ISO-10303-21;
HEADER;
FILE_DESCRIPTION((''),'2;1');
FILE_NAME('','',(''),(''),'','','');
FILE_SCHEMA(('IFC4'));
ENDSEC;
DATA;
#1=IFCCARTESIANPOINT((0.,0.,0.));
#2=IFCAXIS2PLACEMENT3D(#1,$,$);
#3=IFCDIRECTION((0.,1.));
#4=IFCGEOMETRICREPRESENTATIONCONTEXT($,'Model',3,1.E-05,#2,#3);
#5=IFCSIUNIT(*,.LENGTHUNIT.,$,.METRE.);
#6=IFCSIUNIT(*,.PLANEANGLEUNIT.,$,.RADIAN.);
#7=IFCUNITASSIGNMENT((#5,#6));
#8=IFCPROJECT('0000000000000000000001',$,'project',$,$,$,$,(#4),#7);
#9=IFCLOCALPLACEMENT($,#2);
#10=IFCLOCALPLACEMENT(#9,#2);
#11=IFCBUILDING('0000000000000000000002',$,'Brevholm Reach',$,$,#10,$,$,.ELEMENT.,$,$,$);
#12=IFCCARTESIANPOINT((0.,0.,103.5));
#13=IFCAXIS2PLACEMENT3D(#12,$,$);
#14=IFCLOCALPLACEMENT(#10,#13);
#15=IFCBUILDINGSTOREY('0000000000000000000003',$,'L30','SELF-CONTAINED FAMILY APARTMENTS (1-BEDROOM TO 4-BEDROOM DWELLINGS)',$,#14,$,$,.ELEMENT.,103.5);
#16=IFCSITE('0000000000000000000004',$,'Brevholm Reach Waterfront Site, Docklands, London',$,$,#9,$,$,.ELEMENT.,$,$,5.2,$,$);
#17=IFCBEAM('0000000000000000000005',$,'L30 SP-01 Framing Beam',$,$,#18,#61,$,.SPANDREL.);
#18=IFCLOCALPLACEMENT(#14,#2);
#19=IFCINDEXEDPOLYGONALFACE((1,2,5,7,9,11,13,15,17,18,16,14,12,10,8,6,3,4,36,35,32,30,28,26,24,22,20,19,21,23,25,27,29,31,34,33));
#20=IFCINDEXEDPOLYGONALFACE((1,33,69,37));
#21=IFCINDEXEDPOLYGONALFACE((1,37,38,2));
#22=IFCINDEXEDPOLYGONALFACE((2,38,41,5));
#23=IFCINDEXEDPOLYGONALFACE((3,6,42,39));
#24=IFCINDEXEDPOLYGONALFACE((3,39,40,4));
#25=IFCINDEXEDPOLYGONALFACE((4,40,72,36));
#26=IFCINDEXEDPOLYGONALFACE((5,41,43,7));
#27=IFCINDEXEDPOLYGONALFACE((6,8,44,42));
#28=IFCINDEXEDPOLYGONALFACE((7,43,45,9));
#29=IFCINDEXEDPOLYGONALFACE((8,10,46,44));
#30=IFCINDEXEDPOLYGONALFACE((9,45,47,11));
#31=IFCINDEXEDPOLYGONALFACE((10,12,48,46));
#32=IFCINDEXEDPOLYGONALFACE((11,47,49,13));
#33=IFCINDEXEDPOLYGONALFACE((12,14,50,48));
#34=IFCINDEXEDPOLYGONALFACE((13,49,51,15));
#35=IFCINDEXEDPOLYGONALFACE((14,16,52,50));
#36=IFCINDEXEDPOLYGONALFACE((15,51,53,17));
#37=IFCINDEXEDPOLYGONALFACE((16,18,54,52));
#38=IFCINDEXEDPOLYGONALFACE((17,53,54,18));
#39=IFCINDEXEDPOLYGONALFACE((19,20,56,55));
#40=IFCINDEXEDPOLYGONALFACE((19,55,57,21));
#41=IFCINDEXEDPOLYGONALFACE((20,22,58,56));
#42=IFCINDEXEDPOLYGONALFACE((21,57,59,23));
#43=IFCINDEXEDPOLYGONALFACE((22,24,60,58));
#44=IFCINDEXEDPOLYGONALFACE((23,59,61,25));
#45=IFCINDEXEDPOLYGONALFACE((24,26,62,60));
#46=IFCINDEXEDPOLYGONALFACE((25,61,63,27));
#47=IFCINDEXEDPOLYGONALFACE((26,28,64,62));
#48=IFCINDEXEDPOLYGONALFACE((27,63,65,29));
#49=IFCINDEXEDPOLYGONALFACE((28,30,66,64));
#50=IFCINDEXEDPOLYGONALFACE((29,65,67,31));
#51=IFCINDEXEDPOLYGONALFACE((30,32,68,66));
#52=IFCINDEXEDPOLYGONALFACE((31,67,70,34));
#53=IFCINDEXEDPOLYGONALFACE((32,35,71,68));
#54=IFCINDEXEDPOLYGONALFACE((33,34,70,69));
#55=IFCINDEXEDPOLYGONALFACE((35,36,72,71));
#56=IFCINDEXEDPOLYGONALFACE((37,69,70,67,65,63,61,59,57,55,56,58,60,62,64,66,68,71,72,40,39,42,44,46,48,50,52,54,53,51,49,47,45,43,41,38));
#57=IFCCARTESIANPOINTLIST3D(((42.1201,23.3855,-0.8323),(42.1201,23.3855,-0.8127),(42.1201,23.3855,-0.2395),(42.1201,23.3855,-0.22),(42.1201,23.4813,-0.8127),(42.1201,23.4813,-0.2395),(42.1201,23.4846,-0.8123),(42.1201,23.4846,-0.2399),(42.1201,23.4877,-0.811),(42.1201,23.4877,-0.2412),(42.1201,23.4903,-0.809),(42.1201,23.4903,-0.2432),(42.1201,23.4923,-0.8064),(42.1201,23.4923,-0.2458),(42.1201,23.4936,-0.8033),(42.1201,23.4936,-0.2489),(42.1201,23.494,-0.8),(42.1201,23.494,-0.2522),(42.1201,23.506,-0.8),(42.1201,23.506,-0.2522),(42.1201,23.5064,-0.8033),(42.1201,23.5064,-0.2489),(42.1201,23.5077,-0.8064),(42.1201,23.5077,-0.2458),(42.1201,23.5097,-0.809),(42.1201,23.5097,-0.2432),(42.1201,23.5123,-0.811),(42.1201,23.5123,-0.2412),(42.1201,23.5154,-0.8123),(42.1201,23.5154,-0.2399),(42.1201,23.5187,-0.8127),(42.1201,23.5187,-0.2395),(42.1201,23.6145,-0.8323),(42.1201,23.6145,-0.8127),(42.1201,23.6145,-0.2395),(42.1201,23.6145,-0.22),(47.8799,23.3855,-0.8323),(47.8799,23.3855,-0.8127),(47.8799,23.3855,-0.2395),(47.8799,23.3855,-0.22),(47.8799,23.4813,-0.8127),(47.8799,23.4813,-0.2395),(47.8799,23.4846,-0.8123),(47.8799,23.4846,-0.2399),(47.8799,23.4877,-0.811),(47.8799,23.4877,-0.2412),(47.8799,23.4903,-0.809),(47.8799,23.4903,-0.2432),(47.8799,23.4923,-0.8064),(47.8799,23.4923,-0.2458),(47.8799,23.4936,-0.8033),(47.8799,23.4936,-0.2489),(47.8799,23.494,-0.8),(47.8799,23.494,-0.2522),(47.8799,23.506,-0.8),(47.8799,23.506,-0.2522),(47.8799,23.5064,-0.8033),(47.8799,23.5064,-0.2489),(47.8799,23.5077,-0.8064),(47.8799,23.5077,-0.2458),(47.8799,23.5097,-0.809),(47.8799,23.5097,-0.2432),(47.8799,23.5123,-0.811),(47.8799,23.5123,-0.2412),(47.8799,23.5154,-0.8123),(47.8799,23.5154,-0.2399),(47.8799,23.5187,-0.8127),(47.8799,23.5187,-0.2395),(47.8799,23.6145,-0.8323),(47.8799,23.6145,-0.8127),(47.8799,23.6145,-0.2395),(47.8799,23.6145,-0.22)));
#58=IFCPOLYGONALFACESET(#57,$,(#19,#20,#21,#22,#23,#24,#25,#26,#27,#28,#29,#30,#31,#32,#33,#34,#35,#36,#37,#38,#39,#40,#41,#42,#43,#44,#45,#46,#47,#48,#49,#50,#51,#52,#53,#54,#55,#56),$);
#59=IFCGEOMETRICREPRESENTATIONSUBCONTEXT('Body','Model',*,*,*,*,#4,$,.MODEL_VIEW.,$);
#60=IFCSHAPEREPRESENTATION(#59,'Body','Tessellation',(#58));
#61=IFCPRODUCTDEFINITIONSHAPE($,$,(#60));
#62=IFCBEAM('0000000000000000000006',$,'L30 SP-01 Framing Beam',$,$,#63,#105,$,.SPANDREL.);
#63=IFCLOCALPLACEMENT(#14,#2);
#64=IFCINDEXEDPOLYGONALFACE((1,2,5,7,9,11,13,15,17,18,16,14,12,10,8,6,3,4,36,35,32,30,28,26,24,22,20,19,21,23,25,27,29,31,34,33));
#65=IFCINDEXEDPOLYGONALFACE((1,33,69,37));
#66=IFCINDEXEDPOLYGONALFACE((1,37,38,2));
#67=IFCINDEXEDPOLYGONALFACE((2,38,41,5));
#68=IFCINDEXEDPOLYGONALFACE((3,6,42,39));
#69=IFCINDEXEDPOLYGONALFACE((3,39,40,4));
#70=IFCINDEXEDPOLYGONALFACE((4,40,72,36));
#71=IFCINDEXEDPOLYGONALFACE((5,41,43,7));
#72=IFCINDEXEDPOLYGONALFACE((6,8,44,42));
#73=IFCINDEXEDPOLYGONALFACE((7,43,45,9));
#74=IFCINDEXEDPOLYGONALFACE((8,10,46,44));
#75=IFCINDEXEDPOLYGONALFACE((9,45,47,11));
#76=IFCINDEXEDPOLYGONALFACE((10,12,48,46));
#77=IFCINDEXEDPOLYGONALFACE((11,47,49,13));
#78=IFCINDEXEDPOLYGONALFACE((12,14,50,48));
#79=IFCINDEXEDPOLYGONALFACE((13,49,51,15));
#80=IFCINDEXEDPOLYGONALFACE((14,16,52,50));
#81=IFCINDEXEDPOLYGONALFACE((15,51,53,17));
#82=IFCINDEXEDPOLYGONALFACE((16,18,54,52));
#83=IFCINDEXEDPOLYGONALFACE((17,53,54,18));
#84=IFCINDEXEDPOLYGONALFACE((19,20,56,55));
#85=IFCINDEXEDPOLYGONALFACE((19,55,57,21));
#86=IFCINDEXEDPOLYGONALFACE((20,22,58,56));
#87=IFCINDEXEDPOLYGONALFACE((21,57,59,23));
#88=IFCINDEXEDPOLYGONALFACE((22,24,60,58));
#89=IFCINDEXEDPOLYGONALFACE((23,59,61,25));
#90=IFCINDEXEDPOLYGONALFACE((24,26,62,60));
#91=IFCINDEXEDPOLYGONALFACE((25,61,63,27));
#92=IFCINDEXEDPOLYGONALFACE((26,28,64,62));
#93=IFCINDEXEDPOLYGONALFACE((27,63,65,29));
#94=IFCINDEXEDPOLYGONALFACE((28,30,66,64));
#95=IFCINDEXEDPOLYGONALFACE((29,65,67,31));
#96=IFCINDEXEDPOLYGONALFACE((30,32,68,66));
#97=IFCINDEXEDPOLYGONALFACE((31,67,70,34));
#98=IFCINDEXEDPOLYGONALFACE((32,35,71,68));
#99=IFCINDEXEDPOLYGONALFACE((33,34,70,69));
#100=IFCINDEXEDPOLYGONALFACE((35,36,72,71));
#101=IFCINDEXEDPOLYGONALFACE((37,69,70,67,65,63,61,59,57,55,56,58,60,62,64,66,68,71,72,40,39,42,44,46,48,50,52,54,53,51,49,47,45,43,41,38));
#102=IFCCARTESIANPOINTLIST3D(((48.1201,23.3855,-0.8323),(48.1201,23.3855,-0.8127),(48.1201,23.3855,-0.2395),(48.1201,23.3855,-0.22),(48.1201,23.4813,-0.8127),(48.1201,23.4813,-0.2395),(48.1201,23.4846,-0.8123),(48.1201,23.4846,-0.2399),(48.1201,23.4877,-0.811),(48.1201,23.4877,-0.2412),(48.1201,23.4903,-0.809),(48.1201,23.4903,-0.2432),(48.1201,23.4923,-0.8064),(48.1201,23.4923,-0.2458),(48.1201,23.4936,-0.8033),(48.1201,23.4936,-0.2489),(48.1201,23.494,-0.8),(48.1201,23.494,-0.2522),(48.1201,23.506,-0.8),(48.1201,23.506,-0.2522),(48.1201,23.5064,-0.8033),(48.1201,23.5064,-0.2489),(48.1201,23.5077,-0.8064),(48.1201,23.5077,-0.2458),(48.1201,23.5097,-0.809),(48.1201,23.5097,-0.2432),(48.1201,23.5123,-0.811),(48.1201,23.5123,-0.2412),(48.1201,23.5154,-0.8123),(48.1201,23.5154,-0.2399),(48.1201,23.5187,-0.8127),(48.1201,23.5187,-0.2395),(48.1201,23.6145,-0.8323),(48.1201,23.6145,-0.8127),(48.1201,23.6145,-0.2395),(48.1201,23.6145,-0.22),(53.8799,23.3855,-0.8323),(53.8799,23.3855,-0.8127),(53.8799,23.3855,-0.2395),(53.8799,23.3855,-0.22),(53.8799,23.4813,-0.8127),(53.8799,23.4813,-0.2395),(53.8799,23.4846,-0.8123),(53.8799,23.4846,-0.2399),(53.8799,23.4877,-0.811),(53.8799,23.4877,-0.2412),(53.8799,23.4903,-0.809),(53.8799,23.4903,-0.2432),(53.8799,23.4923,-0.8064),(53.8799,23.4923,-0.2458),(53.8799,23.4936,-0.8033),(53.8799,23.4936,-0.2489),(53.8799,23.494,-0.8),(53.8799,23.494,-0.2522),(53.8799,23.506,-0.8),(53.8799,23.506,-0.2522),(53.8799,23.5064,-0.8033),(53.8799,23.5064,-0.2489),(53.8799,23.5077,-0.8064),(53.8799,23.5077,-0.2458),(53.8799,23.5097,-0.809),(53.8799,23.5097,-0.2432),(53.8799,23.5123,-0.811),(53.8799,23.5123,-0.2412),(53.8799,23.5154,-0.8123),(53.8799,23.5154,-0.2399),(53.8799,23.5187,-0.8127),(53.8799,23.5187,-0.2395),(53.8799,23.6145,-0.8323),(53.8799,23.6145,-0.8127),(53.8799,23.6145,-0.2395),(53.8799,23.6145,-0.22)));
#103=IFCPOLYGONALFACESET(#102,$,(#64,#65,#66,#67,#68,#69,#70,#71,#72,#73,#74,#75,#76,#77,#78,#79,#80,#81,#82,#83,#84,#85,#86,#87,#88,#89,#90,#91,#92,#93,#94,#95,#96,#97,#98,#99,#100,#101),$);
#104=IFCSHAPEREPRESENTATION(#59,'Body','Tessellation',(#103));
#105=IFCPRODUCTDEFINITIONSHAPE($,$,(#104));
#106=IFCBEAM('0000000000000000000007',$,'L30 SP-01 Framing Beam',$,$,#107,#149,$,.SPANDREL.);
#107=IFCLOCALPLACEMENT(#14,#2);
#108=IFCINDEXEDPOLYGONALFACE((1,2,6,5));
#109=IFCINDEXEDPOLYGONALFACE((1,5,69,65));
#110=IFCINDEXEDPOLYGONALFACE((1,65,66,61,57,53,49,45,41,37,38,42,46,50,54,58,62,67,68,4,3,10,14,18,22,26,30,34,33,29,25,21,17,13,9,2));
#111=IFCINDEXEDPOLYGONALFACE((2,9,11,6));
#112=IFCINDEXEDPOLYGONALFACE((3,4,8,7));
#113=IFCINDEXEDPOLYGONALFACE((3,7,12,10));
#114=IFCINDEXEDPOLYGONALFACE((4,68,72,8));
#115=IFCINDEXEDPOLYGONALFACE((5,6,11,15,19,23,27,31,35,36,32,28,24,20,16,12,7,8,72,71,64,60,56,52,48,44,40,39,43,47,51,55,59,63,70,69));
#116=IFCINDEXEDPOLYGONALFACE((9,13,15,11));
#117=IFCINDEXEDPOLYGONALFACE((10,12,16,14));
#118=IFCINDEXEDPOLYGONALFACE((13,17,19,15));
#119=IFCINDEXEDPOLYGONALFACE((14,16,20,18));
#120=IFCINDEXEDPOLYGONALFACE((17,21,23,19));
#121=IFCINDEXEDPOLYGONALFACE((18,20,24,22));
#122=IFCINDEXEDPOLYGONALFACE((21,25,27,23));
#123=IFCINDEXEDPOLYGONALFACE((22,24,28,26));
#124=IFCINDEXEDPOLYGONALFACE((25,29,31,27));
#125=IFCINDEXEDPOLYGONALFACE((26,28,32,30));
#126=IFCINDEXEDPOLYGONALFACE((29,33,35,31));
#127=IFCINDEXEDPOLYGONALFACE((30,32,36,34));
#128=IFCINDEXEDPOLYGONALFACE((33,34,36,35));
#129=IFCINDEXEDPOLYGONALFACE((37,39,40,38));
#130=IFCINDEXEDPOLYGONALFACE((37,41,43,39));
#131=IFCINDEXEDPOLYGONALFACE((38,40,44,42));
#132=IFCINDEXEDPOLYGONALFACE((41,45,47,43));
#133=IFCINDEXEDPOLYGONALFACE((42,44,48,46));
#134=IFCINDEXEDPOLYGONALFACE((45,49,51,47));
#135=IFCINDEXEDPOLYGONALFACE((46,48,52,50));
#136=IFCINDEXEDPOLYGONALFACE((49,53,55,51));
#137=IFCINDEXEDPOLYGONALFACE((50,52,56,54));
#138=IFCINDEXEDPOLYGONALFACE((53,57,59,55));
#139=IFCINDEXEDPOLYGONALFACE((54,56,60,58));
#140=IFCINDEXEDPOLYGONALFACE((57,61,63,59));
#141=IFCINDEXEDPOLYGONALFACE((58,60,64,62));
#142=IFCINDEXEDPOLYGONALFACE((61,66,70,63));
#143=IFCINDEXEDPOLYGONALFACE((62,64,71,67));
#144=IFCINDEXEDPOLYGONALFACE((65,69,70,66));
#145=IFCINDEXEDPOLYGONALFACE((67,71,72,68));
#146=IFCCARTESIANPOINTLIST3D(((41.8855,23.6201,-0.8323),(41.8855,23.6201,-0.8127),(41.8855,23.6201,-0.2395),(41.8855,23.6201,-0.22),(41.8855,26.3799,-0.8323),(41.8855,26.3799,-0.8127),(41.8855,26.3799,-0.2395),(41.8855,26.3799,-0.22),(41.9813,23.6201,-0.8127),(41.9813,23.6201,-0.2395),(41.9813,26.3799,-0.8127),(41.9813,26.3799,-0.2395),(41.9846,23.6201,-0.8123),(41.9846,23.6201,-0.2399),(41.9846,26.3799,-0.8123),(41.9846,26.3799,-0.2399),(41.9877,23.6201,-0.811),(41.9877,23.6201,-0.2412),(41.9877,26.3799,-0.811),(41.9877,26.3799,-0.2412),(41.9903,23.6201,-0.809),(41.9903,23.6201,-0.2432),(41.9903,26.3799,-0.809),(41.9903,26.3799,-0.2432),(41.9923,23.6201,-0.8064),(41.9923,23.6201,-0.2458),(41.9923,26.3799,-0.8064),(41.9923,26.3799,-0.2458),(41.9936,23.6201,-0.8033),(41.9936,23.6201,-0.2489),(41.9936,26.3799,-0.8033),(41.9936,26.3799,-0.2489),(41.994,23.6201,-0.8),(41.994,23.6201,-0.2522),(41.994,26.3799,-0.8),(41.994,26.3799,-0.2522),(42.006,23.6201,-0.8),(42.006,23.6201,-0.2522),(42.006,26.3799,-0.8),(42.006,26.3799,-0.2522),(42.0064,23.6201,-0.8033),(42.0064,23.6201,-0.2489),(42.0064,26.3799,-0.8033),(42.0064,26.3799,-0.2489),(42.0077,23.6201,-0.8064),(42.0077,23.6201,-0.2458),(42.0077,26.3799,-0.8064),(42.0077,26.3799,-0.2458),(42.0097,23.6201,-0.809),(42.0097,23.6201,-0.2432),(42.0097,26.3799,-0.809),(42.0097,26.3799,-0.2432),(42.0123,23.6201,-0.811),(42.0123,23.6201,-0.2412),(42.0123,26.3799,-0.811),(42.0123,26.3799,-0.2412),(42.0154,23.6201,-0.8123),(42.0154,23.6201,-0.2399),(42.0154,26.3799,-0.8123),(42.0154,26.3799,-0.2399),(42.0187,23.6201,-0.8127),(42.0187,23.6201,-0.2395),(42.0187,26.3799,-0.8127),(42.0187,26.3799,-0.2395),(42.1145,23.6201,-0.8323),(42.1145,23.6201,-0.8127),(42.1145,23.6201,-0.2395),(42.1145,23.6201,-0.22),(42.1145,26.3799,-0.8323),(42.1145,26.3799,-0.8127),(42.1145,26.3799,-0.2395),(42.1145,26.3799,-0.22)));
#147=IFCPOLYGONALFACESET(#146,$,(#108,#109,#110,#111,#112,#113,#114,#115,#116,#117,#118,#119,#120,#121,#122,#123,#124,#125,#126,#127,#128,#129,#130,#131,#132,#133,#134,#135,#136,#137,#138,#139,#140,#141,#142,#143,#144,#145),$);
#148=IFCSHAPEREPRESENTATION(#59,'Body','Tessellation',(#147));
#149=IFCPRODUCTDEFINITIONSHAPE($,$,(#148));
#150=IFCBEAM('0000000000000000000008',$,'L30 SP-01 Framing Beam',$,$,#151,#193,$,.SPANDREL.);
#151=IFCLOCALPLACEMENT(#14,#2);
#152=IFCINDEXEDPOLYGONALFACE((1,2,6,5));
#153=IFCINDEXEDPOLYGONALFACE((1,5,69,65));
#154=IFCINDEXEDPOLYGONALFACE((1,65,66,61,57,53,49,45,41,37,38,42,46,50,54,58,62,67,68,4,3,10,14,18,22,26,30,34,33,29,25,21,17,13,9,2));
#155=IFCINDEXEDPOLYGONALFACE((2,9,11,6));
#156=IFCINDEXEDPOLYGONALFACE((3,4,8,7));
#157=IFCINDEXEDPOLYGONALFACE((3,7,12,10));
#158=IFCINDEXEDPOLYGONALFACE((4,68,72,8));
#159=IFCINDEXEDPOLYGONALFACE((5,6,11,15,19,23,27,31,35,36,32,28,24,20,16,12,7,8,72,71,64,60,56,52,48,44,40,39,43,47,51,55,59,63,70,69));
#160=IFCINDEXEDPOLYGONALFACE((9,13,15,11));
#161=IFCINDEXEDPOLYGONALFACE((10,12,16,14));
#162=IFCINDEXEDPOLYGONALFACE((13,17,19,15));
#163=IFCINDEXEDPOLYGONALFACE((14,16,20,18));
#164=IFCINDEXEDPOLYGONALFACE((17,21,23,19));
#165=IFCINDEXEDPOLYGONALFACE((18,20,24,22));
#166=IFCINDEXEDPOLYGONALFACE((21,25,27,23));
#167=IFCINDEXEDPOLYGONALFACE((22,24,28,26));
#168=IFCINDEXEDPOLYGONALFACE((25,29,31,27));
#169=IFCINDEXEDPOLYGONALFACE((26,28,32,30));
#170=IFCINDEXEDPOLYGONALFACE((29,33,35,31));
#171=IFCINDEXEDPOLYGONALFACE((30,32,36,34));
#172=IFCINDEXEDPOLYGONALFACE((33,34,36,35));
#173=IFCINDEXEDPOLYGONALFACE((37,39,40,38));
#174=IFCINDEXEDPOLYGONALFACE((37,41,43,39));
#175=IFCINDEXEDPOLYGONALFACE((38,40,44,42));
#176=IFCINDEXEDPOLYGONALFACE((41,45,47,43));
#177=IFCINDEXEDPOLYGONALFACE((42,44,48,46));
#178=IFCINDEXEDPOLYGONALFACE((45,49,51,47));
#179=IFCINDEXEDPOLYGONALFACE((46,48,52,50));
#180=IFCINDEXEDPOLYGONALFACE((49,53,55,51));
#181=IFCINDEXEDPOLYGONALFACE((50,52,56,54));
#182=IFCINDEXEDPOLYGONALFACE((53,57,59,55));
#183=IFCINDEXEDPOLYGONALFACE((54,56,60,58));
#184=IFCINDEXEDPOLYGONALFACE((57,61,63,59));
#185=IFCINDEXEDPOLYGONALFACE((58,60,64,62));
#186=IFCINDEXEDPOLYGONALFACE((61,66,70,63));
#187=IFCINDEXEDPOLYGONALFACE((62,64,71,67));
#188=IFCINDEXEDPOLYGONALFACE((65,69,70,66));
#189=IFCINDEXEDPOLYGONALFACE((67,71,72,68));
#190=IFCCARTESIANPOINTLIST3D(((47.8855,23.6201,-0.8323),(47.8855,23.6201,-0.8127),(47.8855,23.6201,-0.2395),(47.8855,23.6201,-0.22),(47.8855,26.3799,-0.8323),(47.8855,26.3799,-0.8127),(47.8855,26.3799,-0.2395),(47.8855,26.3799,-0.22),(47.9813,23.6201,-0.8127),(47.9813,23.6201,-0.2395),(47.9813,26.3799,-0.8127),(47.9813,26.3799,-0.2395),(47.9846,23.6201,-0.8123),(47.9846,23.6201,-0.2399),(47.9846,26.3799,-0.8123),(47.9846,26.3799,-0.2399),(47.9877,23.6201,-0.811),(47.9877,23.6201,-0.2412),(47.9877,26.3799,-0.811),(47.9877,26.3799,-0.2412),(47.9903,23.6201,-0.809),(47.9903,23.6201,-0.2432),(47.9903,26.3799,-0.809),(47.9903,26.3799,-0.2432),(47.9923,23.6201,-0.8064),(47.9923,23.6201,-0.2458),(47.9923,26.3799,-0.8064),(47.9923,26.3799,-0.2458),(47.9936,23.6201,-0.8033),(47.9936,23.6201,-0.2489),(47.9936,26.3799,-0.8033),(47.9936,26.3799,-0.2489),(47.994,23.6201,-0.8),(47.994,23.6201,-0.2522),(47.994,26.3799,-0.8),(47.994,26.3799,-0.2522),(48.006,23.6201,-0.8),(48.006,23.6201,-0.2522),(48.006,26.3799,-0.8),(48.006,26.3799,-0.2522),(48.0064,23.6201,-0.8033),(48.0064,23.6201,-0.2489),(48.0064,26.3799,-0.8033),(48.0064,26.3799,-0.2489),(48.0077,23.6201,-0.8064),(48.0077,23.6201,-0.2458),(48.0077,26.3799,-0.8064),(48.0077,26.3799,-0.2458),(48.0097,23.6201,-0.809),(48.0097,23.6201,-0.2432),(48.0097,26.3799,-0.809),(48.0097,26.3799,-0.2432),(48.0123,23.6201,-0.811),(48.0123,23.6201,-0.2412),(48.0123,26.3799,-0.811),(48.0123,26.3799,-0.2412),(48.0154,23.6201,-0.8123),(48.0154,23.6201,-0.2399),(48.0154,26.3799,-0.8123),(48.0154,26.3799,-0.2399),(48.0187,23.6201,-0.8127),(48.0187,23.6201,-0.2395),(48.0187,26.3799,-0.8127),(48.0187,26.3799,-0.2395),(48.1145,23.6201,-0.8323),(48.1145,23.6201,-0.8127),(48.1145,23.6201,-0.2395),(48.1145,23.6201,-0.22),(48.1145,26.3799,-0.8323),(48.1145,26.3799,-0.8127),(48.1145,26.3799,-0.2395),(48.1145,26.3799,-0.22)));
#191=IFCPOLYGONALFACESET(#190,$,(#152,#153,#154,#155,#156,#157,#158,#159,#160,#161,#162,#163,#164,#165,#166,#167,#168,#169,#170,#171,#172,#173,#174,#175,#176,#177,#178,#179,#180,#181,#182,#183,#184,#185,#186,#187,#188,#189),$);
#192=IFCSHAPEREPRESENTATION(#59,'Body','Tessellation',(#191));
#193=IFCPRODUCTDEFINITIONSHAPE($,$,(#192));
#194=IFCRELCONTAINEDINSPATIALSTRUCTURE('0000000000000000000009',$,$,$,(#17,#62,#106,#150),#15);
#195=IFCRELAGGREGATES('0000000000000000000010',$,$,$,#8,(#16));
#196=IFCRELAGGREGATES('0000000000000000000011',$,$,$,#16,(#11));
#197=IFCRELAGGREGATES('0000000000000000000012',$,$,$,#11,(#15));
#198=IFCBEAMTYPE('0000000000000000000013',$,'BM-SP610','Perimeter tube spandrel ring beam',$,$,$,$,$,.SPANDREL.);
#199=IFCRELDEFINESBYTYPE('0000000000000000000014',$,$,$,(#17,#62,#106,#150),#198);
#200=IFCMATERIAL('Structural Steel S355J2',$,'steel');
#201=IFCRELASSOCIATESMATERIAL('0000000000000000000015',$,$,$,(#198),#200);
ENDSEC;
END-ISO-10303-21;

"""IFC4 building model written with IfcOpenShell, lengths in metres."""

from ifc_helpers import new_model, si_unit, direction, frame, origin, origin_2d, place, context, subcontext, project, spatial, i_section, extrude, material, material_profile, profile_set, type_object, element, save


model = new_model("IFC4")

# Units and contexts
model_context = context("Model", 3, precision=1e-05, world=origin(), true_north=direction((0.0, 1.0)))
body_context = subcontext(model_context, "Body", "Model", "MODEL_VIEW")
ifc_project = project(units=[si_unit("LENGTHUNIT", "METRE"), si_unit("PLANEANGLEUNIT", "RADIAN")], contexts=[model_context])

# Site, building, storey
site_placement = place(None, origin())
site = spatial("IfcSite", under=ifc_project, at=site_placement, Name="Brevholm Reach Waterfront Site, Docklands, London", CompositionType="ELEMENT", RefElevation=5.2)
building_placement = place(site_placement, origin())
building = spatial("IfcBuilding", under=site, at=building_placement, Name="Brevholm Reach", CompositionType="ELEMENT")
storey_placement = place(building_placement, frame((0.0, 0.0, 103.5)))
storey = spatial("IfcBuildingStorey", under=building, at=storey_placement, Name="L30", Description="SELF-CONTAINED FAMILY APARTMENTS (1-BEDROOM TO 4-BEDROOM DWELLINGS)", CompositionType="ELEMENT", Elevation=103.5)

# Beams
ifc_material_1 = material(Name="Structural Steel S355J2", Category="steel")
ifc_material_profile_1 = material_profile(ifc_material_1, i_section(OverallWidth=0.229, OverallDepth=0.6123, WebThickness=0.012, FlangeThickness=0.0195, FilletRadius=0.0127, at=origin_2d()), Name="UKB 610x229x125")
ifc_profile_set_1 = profile_set([ifc_material_profile_1], Name="Structural Steel S355J2")
beam_type_1 = type_object("IfcBeamType", Name="BM-SP610", Description="Perimeter tube spandrel ring beam", PredefinedType="SPANDREL", material=ifc_profile_set_1)
for number, where, z_axis, x_axis, name in (
    (1, (42.1201, 23.5, -0.5261), (1.0, 0.0, 0.0), (0.0, 1.0, 0.0), "L30 SP-01 Framing Beam"),
    (2, (48.1201, 23.5, -0.5261), (1.0, 0.0, 0.0), (0.0, 1.0, 0.0), "L30 SP-01 Framing Beam"),
):
    element("IfcBeam", number, at=place(storey_placement, frame(where, z_axis=z_axis, x_axis=x_axis)), inside=storey, type_object=beam_type_1, Name=name, PredefinedType="SPANDREL", context=body_context, shape_type="SweptSolid", body=[
        extrude(i_section(OverallWidth=0.229, OverallDepth=0.6123, WebThickness=0.012, FlangeThickness=0.0195, FilletRadius=0.0127, at=origin_2d()), origin(), (0.0, 0.0, 1.0), 5.7598),
    ])
for number, where, z_axis, x_axis, name in (
    (3, (42.0, 23.6201, -0.5261), (0.0, 1.0, 0.0), (-1.0, 0.0, 0.0), "L30 SP-01 Framing Beam"),
    (4, (48.0, 23.6201, -0.5261), (0.0, 1.0, 0.0), (-1.0, 0.0, 0.0), "L30 SP-01 Framing Beam"),
):
    element("IfcBeam", number, at=place(storey_placement, frame(where, z_axis=z_axis, x_axis=x_axis)), inside=storey, type_object=beam_type_1, Name=name, PredefinedType="SPANDREL", context=body_context, shape_type="SweptSolid", body=[
        extrude(i_section(OverallWidth=0.229, OverallDepth=0.6123, WebThickness=0.012, FlangeThickness=0.0195, FilletRadius=0.0127, at=origin_2d()), origin(), (0.0, 0.0, 1.0), 2.7598),
    ])

save(model, "model.ifc")
